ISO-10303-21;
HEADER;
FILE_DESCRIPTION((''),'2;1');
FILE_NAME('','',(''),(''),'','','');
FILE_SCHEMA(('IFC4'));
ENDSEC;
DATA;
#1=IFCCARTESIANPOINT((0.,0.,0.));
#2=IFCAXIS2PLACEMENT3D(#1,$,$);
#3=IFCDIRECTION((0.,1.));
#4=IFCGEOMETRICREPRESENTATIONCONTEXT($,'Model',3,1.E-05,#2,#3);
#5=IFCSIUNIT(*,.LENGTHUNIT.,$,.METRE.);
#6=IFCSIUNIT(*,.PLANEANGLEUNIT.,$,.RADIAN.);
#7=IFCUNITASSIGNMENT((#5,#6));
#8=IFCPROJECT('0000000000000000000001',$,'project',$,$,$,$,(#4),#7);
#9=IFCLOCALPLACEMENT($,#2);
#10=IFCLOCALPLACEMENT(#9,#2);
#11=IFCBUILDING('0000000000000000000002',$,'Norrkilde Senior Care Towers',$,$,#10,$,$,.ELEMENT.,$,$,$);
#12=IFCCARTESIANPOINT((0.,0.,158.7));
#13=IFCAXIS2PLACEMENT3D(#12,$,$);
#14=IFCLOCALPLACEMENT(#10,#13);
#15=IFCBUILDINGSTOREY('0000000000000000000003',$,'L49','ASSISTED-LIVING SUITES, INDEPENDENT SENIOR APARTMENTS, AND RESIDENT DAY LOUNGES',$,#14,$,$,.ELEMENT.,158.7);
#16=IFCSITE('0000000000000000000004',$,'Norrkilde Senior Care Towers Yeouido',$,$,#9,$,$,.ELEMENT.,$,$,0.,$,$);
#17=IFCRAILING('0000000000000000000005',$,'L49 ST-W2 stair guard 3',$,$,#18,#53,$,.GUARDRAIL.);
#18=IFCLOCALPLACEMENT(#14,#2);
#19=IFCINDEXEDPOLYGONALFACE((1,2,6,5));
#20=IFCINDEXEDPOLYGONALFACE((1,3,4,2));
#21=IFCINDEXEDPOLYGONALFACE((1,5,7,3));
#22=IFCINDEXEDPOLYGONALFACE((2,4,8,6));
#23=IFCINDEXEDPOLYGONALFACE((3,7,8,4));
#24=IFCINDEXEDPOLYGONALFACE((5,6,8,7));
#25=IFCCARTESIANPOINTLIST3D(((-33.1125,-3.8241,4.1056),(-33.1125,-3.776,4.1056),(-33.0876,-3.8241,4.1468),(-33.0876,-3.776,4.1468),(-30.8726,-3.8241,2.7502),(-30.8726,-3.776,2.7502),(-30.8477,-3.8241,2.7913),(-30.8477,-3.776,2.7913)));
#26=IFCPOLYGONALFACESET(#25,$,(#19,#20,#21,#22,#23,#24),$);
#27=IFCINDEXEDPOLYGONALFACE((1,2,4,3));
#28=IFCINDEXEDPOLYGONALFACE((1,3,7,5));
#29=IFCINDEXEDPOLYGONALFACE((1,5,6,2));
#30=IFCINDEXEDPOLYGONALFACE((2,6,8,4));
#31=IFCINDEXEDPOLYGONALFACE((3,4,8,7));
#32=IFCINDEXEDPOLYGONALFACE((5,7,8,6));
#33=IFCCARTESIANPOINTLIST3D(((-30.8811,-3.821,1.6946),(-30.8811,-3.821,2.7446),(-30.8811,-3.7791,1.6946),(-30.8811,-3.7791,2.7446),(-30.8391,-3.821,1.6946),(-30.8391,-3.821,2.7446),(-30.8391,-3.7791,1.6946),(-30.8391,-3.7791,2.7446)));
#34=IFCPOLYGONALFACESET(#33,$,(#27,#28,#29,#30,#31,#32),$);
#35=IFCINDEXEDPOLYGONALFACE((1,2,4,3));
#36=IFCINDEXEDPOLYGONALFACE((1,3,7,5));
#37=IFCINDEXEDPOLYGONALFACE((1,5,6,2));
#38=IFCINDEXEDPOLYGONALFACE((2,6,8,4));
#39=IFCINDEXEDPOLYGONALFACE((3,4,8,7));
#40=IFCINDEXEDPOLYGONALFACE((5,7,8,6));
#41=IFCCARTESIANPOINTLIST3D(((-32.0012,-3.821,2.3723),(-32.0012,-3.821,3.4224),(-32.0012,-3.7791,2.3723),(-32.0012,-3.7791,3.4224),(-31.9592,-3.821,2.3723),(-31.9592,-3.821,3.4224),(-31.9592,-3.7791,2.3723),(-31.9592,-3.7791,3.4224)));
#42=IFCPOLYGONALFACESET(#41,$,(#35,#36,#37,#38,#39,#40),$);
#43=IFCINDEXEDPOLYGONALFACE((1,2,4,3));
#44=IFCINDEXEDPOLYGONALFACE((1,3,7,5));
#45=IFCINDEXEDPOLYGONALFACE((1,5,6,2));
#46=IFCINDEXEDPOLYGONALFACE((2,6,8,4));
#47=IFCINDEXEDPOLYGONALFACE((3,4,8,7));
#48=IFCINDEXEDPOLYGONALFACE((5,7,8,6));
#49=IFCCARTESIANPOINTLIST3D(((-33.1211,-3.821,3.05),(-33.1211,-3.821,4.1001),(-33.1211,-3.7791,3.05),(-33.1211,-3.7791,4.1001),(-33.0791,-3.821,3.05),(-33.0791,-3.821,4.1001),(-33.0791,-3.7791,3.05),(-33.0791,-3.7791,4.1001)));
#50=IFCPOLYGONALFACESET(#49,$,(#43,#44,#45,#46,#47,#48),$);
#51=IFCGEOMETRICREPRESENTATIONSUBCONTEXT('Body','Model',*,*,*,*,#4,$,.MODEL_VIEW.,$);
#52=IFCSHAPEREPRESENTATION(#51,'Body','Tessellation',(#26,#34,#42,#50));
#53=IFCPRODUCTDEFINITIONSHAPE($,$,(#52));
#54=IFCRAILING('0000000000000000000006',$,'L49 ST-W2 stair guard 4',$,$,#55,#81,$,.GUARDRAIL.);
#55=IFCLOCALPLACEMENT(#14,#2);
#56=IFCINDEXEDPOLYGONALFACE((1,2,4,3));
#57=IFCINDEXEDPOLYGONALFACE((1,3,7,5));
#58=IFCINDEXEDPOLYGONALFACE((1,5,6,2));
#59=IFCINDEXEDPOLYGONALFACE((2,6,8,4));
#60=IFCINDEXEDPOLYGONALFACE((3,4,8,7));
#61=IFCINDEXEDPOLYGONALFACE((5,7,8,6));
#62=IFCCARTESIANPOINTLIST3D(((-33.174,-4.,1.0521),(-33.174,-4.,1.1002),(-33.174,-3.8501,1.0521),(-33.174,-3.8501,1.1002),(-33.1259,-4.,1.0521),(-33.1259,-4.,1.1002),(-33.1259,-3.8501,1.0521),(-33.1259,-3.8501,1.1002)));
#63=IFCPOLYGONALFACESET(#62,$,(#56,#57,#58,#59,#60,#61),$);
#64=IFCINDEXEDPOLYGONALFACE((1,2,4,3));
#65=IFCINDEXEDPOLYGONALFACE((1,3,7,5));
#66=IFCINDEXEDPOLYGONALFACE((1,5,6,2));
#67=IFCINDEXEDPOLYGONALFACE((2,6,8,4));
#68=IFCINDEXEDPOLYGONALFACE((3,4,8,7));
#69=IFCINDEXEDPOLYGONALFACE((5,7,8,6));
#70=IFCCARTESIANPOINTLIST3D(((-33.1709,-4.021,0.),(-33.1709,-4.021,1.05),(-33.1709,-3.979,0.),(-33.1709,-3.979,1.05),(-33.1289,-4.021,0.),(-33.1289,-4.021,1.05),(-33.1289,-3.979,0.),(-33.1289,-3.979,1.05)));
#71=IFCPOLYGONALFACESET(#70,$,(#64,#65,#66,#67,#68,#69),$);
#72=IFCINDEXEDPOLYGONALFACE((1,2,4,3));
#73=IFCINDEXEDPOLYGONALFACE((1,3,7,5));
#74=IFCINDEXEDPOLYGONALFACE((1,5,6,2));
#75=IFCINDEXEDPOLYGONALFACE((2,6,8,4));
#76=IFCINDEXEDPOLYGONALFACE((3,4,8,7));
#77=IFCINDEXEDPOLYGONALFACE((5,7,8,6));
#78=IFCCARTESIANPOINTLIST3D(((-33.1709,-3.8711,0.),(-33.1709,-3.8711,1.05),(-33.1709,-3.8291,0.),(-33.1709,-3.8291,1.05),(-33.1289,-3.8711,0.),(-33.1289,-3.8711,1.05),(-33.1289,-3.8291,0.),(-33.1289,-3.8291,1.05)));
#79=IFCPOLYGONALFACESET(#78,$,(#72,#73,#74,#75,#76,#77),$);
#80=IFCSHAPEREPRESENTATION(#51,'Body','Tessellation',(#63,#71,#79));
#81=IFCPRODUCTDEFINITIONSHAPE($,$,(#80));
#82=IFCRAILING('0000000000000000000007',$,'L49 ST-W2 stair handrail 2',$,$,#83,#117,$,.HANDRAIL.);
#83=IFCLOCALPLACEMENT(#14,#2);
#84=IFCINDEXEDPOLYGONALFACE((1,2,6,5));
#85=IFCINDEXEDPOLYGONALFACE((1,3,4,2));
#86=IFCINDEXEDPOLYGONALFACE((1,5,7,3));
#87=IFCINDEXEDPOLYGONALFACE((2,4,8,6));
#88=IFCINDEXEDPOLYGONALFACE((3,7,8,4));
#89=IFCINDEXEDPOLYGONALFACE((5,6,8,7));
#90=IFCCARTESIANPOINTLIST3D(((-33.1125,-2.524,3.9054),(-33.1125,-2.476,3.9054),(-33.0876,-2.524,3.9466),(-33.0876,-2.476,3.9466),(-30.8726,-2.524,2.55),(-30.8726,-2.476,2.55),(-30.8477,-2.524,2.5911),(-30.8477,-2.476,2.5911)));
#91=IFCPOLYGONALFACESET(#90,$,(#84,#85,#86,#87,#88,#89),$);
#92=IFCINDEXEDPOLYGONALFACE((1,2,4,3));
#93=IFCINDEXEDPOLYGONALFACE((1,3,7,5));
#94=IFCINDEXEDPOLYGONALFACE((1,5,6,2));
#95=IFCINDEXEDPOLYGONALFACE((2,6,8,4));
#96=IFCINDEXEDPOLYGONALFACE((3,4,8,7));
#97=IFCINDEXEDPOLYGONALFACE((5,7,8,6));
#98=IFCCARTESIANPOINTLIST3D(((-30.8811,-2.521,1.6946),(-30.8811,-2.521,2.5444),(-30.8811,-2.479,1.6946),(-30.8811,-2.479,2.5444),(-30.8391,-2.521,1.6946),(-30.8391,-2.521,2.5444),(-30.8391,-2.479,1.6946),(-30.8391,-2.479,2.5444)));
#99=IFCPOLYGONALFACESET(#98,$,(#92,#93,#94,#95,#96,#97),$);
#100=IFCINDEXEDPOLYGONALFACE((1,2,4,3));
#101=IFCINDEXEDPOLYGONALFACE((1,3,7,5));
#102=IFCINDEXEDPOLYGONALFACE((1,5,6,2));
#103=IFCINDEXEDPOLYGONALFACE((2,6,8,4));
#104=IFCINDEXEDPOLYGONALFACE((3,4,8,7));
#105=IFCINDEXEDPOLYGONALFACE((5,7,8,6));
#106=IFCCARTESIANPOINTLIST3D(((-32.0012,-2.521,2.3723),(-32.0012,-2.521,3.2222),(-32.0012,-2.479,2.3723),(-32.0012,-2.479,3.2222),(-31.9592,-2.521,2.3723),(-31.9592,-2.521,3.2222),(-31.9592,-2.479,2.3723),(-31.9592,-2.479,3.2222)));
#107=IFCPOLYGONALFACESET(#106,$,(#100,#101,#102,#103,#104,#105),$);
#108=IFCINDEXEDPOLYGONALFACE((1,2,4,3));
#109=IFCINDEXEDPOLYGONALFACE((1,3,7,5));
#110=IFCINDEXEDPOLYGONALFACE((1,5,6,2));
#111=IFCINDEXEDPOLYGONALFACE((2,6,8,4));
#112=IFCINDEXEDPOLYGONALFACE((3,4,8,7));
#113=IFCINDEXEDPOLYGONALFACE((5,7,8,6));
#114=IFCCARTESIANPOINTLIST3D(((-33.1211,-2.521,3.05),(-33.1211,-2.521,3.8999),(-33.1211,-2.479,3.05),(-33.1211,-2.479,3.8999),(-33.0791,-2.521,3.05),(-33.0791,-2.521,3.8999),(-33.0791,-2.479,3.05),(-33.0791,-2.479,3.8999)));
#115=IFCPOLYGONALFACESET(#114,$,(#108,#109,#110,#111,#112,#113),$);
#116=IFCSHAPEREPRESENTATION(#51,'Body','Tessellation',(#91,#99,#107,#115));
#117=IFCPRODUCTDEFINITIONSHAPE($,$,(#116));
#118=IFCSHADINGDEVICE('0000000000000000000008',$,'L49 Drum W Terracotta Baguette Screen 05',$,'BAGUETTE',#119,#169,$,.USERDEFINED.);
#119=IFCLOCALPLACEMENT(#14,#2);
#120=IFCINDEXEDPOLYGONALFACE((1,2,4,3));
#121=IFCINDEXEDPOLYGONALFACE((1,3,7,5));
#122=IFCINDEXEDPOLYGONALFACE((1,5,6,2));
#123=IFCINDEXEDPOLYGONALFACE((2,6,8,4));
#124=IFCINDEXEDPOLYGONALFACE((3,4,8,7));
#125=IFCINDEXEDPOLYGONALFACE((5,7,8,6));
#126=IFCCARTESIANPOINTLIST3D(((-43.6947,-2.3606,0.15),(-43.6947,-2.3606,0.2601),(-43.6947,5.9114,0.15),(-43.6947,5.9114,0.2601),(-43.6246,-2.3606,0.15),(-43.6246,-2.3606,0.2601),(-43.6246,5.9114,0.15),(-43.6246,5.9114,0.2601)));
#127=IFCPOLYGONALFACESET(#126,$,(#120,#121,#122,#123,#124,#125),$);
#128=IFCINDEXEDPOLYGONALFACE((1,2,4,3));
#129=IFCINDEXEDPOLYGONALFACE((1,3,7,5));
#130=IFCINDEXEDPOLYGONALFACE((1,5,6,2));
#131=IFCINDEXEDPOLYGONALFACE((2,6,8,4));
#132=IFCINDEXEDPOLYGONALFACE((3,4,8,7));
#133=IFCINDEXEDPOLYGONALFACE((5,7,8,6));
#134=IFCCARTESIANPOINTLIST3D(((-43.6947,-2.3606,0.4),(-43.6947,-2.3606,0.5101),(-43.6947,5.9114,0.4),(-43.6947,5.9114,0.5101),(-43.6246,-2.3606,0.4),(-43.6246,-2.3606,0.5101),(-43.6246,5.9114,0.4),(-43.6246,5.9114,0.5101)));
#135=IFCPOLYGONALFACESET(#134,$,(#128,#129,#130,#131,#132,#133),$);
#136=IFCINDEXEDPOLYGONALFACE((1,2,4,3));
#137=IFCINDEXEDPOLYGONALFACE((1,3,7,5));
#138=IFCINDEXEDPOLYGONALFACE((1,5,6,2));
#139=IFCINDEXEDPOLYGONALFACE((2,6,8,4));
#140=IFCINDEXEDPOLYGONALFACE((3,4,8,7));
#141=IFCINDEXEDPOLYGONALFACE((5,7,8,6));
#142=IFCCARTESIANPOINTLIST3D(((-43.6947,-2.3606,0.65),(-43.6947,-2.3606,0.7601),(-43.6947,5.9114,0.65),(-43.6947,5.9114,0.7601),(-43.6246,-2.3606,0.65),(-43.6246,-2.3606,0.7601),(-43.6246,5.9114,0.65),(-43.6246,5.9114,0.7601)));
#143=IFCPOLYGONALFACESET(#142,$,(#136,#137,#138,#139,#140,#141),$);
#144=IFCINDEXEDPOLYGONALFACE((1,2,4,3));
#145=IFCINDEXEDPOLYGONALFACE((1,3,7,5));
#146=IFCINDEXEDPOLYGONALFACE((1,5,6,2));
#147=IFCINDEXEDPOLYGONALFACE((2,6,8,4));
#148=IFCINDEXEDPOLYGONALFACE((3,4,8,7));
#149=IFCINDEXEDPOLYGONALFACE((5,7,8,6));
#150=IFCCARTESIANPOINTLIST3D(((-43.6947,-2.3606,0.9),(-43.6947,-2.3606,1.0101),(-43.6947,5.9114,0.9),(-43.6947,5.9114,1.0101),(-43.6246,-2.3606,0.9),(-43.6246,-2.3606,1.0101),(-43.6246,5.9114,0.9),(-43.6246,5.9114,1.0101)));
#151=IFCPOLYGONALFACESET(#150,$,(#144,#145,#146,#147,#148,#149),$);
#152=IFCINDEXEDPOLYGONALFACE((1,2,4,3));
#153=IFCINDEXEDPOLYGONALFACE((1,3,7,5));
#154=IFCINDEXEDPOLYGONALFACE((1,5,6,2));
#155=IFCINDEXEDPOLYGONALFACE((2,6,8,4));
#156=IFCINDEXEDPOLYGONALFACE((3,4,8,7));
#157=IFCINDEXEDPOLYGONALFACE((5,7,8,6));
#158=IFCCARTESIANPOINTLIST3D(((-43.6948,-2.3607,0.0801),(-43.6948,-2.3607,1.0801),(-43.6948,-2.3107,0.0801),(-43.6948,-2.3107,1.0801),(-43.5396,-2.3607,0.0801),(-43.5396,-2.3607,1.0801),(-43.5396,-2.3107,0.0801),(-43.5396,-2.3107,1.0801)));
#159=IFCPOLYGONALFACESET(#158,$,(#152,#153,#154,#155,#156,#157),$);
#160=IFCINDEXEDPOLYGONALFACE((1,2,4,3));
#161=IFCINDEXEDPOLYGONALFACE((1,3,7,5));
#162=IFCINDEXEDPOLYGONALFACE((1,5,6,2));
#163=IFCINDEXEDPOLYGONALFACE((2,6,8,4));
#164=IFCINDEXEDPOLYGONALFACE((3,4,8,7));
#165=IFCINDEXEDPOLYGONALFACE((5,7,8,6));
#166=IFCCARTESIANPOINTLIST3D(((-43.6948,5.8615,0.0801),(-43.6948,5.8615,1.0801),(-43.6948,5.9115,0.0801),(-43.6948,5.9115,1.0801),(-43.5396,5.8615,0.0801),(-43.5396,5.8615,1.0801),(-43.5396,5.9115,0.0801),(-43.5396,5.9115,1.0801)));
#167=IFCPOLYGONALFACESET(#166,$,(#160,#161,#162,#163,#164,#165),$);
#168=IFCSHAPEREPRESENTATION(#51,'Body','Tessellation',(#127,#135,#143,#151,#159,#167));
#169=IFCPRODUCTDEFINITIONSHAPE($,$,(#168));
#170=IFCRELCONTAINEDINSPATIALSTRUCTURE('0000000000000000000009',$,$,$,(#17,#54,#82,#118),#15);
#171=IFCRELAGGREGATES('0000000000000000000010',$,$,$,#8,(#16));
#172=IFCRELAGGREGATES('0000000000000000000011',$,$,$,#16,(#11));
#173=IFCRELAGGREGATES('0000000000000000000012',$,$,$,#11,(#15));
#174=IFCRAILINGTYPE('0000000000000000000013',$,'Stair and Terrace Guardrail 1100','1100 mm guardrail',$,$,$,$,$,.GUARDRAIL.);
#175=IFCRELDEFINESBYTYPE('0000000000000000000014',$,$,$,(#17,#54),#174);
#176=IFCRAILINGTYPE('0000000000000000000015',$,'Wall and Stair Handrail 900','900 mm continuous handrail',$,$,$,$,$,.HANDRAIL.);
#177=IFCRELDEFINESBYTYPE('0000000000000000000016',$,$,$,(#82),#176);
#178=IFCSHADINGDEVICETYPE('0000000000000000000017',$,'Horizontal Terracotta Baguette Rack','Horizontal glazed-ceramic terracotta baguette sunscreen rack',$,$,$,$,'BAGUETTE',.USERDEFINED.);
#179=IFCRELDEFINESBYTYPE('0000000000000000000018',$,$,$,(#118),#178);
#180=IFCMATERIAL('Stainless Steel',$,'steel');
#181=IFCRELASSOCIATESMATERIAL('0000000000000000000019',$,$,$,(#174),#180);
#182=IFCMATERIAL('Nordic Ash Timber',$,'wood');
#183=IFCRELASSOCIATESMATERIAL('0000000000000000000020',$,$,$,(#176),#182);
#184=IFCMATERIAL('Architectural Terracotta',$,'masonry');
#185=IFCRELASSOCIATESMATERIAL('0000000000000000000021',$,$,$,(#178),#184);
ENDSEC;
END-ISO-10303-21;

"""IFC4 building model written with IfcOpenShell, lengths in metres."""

from ifc_helpers import new_model, si_unit, direction, frame, origin, origin_2d, place, context, subcontext, project, spatial, rectangle, extrude, source, transform, mapped, material, type_object, type_shapes, element, save


model = new_model("IFC4")

# Units and contexts
model_context = context("Model", 3, precision=1e-05, world=origin(), true_north=direction((0.0, 1.0)))
body_context = subcontext(model_context, "Body", "Model", "MODEL_VIEW")
ifc_project = project(units=[si_unit("LENGTHUNIT", "METRE"), si_unit("PLANEANGLEUNIT", "RADIAN")], contexts=[model_context])

# Site, building, storey
site_placement = place(None, origin())
site = spatial("IfcSite", under=ifc_project, at=site_placement, Name="Norrkilde Senior Care Towers Yeouido", CompositionType="ELEMENT", RefElevation=0.0)
building_placement = place(site_placement, origin())
building = spatial("IfcBuilding", under=site, at=building_placement, Name="Norrkilde Senior Care Towers", CompositionType="ELEMENT")
storey_placement = place(building_placement, frame((0.0, 0.0, 158.7)))
storey = spatial("IfcBuildingStorey", under=building, at=storey_placement, Name="L49", Description="ASSISTED-LIVING SUITES, INDEPENDENT SENIOR APARTMENTS, AND RESIDENT DAY LOUNGES", CompositionType="ELEMENT", Elevation=158.7)

# Shared definitions
ifc_material_1 = material(Name="Nordic Ash Timber", Category="wood")

# Railings
ifc_material_2 = material(Name="Stainless Steel", Category="steel")
railing_type_1 = type_object("IfcRailingType", Name="Stair and Terrace Guardrail 1100", Description="1100 mm guardrail", PredefinedType="GUARDRAIL", material=ifc_material_2)
railing_1_placement = place(storey_placement, frame((-30.8601, -3.8, 1.6946)))
element("IfcRailing", 1, at=railing_1_placement, inside=storey, type_object=railing_type_1, Name="L49 ST-W2 stair guard 3", PredefinedType="GUARDRAIL", context=body_context, shape_type="SweptSolid", body=[
    extrude(rectangle(XDim=0.0481, YDim=0.0481, at=origin_2d()), frame((0.0, 0.0, 1.0762), z_axis=(-0.855553, 0.0, 0.517715), x_axis=(0.0, -1.0, 0.0)), (0.0, 0.0, 1.0), 2.6182),
    extrude(rectangle(XDim=0.042, YDim=0.042, at=origin_2d()), origin(), (0.0, 0.0, 1.0), 1.05),
    extrude(rectangle(XDim=0.042, YDim=0.042, at=origin_2d()), frame((-1.1201, 0.0, 0.6777)), (0.0, 0.0, 1.0), 1.05),
    extrude(rectangle(XDim=0.042, YDim=0.042, at=origin_2d()), frame((-2.24, 0.0, 1.3555)), (0.0, 0.0, 1.0), 1.05),
])
railing_2_placement = place(storey_placement, frame((-33.1499, -4.0, 0.0)))
element("IfcRailing", 2, at=railing_2_placement, inside=storey, type_object=railing_type_1, Name="L49 ST-W2 stair guard 4", PredefinedType="GUARDRAIL", context=body_context, shape_type="SweptSolid", body=[
    extrude(rectangle(XDim=0.0481, YDim=0.0481, at=origin_2d()), frame((0.0, 0.0, 1.0762), z_axis=(0.0, 1.0, 0.0), x_axis=(-1.0, 0.0, 0.0)), (0.0, 0.0, 1.0), 0.1499),
    extrude(rectangle(XDim=0.042, YDim=0.042, at=origin_2d()), origin(), (0.0, 0.0, 1.0), 1.05),
    extrude(rectangle(XDim=0.042, YDim=0.042, at=origin_2d()), frame((0.0, 0.1499, 0.0)), (0.0, 0.0, 1.0), 1.05),
])
railing_type_2 = type_object("IfcRailingType", Name="Wall and Stair Handrail 900", Description="900 mm continuous handrail", PredefinedType="HANDRAIL", material=ifc_material_1)
railing_3_placement = place(storey_placement, frame((-30.8601, -2.5, 1.6946)))
element("IfcRailing", 3, at=railing_3_placement, inside=storey, type_object=railing_type_2, Name="L49 ST-W2 stair handrail 2", PredefinedType="HANDRAIL", context=body_context, shape_type="SweptSolid", body=[
    extrude(rectangle(XDim=0.0481, YDim=0.0481, at=origin_2d()), frame((0.0, 0.0, 0.876), z_axis=(-0.855553, 0.0, 0.517715), x_axis=(0.0, -1.0, 0.0)), (0.0, 0.0, 1.0), 2.6182),
    extrude(rectangle(XDim=0.042, YDim=0.042, at=origin_2d()), origin(), (0.0, 0.0, 1.0), 0.8499),
    extrude(rectangle(XDim=0.042, YDim=0.042, at=origin_2d()), frame((-1.1201, 0.0, 0.6777)), (0.0, 0.0, 1.0), 0.8499),
    extrude(rectangle(XDim=0.042, YDim=0.042, at=origin_2d()), frame((-2.24, 0.0, 1.3555)), (0.0, 0.0, 1.0), 0.8499),
])

# Shading device
ifc_material_3 = material(Name="Architectural Terracotta", Category="masonry")
shading_device_type = type_object("IfcShadingDeviceType", Name="Horizontal Terracotta Baguette Rack", Description="Horizontal glazed-ceramic terracotta baguette sunscreen rack", ElementType="BAGUETTE", PredefinedType="USERDEFINED", material=ifc_material_3)
shared_shape_1 = source(origin(), body_context, "Body", "SweptSolid", [
    extrude(rectangle(XDim=0.0701, YDim=0.1101, at=origin_2d()), frame((0.0, 0.0901, 0.125), z_axis=(1.0, 0.0, 0.0), x_axis=(0.0, 1.0, 0.0)), (0.0, 0.0, 1.0), 8.272),
    extrude(rectangle(XDim=0.0701, YDim=0.1101, at=origin_2d()), frame((0.0, 0.0901, 0.375), z_axis=(1.0, 0.0, 0.0), x_axis=(0.0, 1.0, 0.0)), (0.0, 0.0, 1.0), 8.272),
    extrude(rectangle(XDim=0.0701, YDim=0.1101, at=origin_2d()), frame((0.0, 0.0901, 0.625), z_axis=(1.0, 0.0, 0.0), x_axis=(0.0, 1.0, 0.0)), (0.0, 0.0, 1.0), 8.272),
    extrude(rectangle(XDim=0.0701, YDim=0.1101, at=origin_2d()), frame((0.0, 0.0901, 0.875), z_axis=(1.0, 0.0, 0.0), x_axis=(0.0, 1.0, 0.0)), (0.0, 0.0, 1.0), 8.272),
    extrude(rectangle(XDim=0.05, YDim=0.1553, at=origin_2d()), frame((0.0249, 0.0476, 0.0)), (0.0, 0.0, 1.0), 1.0),
    extrude(rectangle(XDim=0.05, YDim=0.1553, at=origin_2d()), frame((8.2471, 0.0476, 0.0)), (0.0, 0.0, 1.0), 1.0),
])
type_shapes(shading_device_type, [shared_shape_1])
shading_device_placement = place(storey_placement, frame((-43.5696, -2.3606, 0.0801), z_axis=(0.0, 0.0, 1.0), x_axis=(0.0, 1.0, 0.0)))
element("IfcShadingDevice", 4, at=shading_device_placement, inside=storey, type_object=shading_device_type, Name="L49 Drum W Terracotta Baguette Screen 05", ObjectType="BAGUETTE", PredefinedType="USERDEFINED", context=body_context, shape_type="MappedRepresentation", body=[
    mapped(shared_shape_1, transform((0.0, 0.0, 0.0), x_axis=(1.0, 0.0, 0.0), y_axis=(0.0, 1.0, 0.0), z_axis=(0.0, 0.0, 1.0), scale=1.0)),
])

save(model, "model.ifc")
